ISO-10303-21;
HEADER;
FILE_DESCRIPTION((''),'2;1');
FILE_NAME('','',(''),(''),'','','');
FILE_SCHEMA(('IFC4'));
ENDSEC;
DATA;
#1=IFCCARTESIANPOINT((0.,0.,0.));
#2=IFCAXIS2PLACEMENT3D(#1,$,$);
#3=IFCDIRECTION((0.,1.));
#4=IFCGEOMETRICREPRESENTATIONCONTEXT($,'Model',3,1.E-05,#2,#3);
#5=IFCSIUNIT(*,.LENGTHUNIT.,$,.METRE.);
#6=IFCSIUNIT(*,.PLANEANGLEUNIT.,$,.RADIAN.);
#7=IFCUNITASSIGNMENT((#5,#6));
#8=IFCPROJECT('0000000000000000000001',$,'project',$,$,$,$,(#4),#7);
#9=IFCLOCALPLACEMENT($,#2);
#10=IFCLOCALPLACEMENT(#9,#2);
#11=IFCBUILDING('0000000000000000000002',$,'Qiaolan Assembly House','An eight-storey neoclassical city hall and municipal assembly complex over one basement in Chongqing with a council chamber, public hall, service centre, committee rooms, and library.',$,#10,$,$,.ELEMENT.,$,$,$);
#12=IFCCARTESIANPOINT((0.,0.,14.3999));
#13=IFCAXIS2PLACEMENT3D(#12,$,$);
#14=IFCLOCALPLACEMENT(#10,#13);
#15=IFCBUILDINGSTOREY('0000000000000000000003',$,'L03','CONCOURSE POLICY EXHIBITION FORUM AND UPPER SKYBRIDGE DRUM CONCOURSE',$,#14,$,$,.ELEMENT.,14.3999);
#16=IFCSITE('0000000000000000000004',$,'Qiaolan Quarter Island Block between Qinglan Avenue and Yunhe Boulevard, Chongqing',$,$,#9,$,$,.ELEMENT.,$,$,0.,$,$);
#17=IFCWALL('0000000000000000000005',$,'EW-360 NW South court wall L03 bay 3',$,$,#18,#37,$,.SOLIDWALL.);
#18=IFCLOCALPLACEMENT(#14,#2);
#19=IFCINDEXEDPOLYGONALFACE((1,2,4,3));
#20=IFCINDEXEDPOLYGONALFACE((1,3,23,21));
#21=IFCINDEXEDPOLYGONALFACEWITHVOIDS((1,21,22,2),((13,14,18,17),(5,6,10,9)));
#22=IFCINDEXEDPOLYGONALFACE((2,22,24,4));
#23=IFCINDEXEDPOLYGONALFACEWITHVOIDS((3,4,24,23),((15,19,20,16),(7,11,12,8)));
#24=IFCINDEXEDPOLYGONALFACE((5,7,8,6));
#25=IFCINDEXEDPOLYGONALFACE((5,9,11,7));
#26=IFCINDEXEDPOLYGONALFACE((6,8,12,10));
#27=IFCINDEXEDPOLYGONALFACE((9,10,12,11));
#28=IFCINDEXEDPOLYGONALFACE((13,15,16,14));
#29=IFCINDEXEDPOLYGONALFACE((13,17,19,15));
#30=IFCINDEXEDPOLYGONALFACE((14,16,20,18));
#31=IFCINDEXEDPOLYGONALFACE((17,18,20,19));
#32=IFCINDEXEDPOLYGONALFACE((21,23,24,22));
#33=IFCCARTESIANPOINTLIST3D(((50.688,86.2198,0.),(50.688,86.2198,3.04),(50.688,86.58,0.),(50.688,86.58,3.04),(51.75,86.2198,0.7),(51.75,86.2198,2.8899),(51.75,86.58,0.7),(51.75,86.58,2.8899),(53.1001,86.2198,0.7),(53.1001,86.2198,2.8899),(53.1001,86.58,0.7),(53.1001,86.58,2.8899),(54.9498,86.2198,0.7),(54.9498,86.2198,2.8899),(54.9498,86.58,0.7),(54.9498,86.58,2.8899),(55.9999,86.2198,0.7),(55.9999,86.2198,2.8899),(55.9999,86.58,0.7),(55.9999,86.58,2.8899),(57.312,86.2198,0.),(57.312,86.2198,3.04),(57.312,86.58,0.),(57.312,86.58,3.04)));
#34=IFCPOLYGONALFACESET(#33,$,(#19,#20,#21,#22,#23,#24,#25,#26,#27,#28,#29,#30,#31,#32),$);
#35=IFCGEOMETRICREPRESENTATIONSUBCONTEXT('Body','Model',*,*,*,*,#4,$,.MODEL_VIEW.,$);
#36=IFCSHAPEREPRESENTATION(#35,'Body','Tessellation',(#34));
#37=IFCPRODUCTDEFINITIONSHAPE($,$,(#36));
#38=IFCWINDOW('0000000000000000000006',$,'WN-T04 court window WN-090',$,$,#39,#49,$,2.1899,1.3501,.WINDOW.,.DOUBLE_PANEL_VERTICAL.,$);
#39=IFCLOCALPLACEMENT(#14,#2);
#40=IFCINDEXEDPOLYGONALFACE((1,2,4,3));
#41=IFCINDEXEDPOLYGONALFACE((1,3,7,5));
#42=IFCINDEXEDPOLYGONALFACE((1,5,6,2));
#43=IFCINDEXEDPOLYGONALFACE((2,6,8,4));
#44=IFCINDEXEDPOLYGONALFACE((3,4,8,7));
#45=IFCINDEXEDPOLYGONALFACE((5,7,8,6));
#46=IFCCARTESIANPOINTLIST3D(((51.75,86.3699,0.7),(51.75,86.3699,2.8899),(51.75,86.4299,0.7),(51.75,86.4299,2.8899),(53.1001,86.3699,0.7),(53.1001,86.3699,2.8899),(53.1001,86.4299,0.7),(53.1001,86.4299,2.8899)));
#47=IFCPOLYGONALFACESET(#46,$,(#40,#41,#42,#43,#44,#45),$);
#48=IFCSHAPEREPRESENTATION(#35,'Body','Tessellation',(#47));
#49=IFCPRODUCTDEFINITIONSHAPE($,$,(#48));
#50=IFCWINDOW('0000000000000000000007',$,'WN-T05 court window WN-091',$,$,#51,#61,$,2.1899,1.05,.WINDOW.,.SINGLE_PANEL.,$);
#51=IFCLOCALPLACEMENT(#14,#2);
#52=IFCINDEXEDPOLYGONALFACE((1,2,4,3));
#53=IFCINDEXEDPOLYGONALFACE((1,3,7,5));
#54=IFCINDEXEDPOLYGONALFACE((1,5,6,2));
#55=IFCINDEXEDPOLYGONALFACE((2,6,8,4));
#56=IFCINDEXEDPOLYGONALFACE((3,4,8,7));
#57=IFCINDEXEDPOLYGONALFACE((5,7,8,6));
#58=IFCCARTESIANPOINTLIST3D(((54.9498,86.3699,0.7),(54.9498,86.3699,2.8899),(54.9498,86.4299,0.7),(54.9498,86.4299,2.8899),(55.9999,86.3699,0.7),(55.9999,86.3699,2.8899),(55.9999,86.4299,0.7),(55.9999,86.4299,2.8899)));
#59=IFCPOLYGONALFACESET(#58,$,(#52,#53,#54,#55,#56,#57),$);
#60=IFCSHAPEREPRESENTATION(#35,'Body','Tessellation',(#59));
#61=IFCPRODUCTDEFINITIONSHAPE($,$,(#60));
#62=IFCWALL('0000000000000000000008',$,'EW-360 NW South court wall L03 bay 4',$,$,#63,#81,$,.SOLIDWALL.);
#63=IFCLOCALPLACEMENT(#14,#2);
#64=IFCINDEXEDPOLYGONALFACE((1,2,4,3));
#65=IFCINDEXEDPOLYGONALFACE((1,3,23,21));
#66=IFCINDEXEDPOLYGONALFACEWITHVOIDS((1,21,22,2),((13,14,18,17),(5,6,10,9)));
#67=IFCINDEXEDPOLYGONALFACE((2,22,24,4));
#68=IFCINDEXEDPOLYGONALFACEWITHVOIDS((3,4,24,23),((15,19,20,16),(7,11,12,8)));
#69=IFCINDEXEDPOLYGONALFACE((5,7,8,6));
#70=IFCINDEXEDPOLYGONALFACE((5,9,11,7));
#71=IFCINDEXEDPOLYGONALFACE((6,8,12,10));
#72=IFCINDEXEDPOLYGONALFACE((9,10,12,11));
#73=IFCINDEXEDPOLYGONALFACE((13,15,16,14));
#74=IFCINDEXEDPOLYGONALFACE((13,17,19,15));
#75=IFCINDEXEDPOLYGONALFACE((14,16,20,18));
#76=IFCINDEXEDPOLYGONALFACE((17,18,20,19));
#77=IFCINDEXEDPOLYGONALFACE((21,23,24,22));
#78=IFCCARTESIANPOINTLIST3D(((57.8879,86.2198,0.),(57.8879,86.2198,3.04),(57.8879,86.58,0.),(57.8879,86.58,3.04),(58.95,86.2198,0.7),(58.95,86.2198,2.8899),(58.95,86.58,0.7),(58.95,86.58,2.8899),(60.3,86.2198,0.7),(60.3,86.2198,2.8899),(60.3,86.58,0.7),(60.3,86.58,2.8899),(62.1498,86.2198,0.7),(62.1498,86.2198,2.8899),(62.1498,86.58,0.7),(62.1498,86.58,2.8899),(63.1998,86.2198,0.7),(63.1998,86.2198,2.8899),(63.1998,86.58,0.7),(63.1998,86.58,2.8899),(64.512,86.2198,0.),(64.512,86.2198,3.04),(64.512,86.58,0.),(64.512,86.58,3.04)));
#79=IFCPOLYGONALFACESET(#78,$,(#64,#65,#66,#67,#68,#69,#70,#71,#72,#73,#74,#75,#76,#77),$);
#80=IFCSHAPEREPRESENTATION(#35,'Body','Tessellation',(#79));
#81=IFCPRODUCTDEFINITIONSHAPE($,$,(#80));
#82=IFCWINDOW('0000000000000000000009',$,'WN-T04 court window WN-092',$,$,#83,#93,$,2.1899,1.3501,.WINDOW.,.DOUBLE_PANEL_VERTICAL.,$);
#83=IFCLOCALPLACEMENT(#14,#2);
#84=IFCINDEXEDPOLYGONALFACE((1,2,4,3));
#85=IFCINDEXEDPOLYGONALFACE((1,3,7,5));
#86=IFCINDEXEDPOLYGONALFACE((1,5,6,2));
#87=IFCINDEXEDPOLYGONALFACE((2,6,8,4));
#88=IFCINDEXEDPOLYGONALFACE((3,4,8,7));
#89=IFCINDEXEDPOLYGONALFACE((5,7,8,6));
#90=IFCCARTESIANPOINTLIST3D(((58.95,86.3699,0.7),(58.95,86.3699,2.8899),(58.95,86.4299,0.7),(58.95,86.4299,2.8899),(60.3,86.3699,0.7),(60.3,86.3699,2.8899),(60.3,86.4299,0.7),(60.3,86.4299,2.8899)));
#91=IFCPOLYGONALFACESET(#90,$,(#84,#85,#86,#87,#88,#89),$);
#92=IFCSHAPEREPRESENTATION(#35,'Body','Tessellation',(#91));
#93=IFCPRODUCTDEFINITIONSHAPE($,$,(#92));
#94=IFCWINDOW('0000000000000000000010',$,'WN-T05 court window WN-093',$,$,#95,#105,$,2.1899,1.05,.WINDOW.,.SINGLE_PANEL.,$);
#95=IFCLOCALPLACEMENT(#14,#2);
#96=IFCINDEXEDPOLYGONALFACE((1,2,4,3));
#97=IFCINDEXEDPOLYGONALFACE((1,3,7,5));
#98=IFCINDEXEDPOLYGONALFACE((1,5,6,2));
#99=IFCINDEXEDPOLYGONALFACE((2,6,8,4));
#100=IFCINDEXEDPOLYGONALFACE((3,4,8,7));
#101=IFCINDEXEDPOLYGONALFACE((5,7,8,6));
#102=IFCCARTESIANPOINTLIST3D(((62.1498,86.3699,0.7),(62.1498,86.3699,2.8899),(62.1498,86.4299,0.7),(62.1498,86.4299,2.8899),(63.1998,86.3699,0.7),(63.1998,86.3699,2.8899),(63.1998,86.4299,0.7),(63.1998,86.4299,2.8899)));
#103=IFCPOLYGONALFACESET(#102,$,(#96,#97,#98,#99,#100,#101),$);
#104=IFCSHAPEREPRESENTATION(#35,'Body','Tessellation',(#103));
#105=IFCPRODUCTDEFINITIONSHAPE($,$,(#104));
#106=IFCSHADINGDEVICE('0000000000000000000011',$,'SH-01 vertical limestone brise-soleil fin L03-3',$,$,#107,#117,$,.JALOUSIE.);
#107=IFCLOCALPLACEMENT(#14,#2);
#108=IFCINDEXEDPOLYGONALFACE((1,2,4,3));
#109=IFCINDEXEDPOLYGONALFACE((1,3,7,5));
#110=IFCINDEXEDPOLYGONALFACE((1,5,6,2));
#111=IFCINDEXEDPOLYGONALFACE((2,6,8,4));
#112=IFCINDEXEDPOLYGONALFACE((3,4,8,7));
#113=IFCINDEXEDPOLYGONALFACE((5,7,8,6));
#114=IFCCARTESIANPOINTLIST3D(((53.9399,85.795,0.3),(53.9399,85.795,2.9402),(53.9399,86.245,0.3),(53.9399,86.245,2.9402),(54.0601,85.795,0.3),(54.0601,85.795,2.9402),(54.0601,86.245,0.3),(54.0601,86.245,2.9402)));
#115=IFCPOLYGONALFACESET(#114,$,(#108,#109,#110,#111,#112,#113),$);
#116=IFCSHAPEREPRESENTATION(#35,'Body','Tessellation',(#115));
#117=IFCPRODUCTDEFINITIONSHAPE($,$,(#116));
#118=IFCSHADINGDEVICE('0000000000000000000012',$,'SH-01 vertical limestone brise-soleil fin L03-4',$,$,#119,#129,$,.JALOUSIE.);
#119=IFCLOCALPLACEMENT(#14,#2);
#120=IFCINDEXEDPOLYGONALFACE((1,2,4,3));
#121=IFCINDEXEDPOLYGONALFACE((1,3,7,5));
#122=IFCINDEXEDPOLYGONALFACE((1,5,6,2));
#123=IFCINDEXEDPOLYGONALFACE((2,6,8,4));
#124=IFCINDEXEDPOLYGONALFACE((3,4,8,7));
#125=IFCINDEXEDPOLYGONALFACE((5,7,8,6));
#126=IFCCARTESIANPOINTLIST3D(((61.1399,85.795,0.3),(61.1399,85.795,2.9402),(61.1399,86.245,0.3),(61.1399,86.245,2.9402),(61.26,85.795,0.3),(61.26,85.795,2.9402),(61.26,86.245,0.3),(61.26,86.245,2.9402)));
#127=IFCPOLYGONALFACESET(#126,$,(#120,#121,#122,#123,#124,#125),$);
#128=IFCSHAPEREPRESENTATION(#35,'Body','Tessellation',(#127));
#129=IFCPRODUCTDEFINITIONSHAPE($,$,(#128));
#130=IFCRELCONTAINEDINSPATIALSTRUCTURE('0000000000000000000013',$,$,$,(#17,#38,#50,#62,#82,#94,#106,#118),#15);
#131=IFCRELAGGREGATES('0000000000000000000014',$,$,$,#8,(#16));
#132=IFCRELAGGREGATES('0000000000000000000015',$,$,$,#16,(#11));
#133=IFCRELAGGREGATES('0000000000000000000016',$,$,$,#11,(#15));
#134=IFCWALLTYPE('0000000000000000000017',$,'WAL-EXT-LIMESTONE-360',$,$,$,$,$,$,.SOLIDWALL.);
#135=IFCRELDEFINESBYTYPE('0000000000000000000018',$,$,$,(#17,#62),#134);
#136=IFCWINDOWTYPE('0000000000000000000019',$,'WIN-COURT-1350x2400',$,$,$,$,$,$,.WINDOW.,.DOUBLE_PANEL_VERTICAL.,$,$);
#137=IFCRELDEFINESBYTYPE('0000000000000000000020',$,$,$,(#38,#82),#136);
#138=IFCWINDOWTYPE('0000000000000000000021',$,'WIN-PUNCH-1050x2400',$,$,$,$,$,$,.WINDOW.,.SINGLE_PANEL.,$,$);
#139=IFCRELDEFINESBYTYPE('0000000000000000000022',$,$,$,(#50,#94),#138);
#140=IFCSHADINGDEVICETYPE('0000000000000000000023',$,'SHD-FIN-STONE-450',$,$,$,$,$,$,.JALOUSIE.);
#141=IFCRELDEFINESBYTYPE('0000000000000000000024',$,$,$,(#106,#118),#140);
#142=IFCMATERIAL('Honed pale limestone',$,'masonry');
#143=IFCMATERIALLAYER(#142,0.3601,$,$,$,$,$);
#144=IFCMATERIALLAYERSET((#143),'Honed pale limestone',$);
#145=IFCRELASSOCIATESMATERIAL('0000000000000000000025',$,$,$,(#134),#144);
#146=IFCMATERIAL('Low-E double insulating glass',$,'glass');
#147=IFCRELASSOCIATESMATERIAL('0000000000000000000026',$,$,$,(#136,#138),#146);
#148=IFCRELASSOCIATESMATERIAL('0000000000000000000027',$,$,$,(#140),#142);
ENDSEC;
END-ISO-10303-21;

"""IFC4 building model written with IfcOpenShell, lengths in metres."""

from ifc_helpers import new_model, si_unit, direction, frame, frame_2d, origin, origin_2d, place, context, subcontext, project, spatial, rectangle, extrude, material, layer, layer_set, material_profile, profile_set, type_object, element, fill, save


model = new_model("IFC4")

# Units and contexts
model_context = context("Model", 3, precision=1e-05, world=origin(), true_north=direction((0.0, 1.0)))
body_context = subcontext(model_context, "Body", "Model", "MODEL_VIEW")
ifc_project = project(units=[si_unit("LENGTHUNIT", "METRE"), si_unit("PLANEANGLEUNIT", "RADIAN")], contexts=[model_context])

# Site, building, storey
site_placement = place(None, origin())
site = spatial("IfcSite", under=ifc_project, at=site_placement, Name="Qiaolan Quarter Island Block between Qinglan Avenue and Yunhe Boulevard, Chongqing", CompositionType="ELEMENT", RefElevation=0.0)
building_placement = place(site_placement, origin())
building = spatial("IfcBuilding", under=site, at=building_placement, Name="Qiaolan Assembly House", Description="An eight-storey neoclassical city hall and municipal assembly complex over one basement in Chongqing with a council chamber, public hall, service centre, committee rooms, and library.", CompositionType="ELEMENT")
storey_placement = place(building_placement, frame((0.0, 0.0, 14.3999)))
storey = spatial("IfcBuildingStorey", under=building, at=storey_placement, Name="L03", Description="CONCOURSE POLICY EXHIBITION FORUM AND UPPER SKYBRIDGE DRUM CONCOURSE", CompositionType="ELEMENT", Elevation=14.3999)

# Walls, openings, windows
ifc_material_1 = material(Name="Honed pale limestone", Category="masonry")
ifc_layer_1 = layer(ifc_material_1, 0.3601)
ifc_layer_set_1 = layer_set([ifc_layer_1], Name="Honed pale limestone")
wall_type = type_object("IfcWallType", Name="WAL-EXT-LIMESTONE-360", PredefinedType="SOLIDWALL", material=ifc_layer_set_1)
wall_1_placement = place(storey_placement, frame((50.688, 86.3999, 0.0), z_axis=(0.0, 0.0, 1.0), x_axis=(1.0, 0.0, 0.0)))
wall_1 = element("IfcWall", 1, at=wall_1_placement, inside=storey, type_object=wall_type, Name="EW-360 NW South court wall L03 bay 3", PredefinedType="SOLIDWALL", context=body_context, shape_type="SweptSolid", body=[
    extrude(rectangle(XDim=6.624, YDim=0.3601, at=frame_2d((3.312, 0.0))), origin(), (0.0, 0.0, 1.0), 3.04),
])
opening_1_placement = place(wall_1_placement, frame((1.062, 0.0, 0.7)))
opening_1 = element("IfcOpeningElement", 2, at=opening_1_placement, cuts=wall_1, PredefinedType="OPENING", context=body_context, shape_type="SweptSolid", body=[
    extrude(rectangle(XDim=1.3501, YDim=2.1899, at=frame_2d((0.675, 1.095))), frame((0.0, 0.1899, 0.0), z_axis=(0.0, -1.0, 0.0), x_axis=(1.0, 0.0, 0.0)), (0.0, 0.0, 1.0), 0.3801),
])
opening_2_placement = place(wall_1_placement, frame((4.262, 0.0, 0.7)))
opening_2 = element("IfcOpeningElement", 3, at=opening_2_placement, cuts=wall_1, PredefinedType="OPENING", context=body_context, shape_type="SweptSolid", body=[
    extrude(rectangle(XDim=1.05, YDim=2.1899, at=frame_2d((0.5249, 1.095))), frame((0.0, 0.1899, 0.0), z_axis=(0.0, -1.0, 0.0), x_axis=(1.0, 0.0, 0.0)), (0.0, 0.0, 1.0), 0.3801),
])
ifc_material_2 = material(Name="Low-E double insulating glass", Category="glass")
window_type_1 = type_object("IfcWindowType", Name="WIN-COURT-1350x2400", PartitioningType="DOUBLE_PANEL_VERTICAL", PredefinedType="WINDOW", material=ifc_material_2)
window_1_placement = place(opening_1_placement, origin())
window_1 = element("IfcWindow", 4, at=window_1_placement, inside=storey, type_object=window_type_1, Name="WN-T04 court window WN-090", OverallHeight=2.1899, OverallWidth=1.3501, PartitioningType="DOUBLE_PANEL_VERTICAL", PredefinedType="WINDOW", context=body_context, shape_type="SweptSolid", body=[
    extrude(rectangle(XDim=1.3501, YDim=2.1899, at=frame_2d((0.675, 1.095))), frame((0.0, 0.03, 0.0), z_axis=(0.0, -1.0, 0.0), x_axis=(1.0, 0.0, 0.0)), (0.0, 0.0, 1.0), 0.0601),
])
fill(opening_1, window_1)
window_type_2 = type_object("IfcWindowType", Name="WIN-PUNCH-1050x2400", PartitioningType="SINGLE_PANEL", PredefinedType="WINDOW", material=ifc_material_2)
window_2_placement = place(opening_2_placement, origin())
window_2 = element("IfcWindow", 5, at=window_2_placement, inside=storey, type_object=window_type_2, Name="WN-T05 court window WN-091", OverallHeight=2.1899, OverallWidth=1.05, PartitioningType="SINGLE_PANEL", PredefinedType="WINDOW", context=body_context, shape_type="SweptSolid", body=[
    extrude(rectangle(XDim=1.05, YDim=2.1899, at=frame_2d((0.5249, 1.095))), frame((0.0, 0.03, 0.0), z_axis=(0.0, -1.0, 0.0), x_axis=(1.0, 0.0, 0.0)), (0.0, 0.0, 1.0), 0.0601),
])
fill(opening_2, window_2)
wall_2_placement = place(storey_placement, frame((57.8879, 86.3999, 0.0), z_axis=(0.0, 0.0, 1.0), x_axis=(1.0, 0.0, 0.0)))
wall_2 = element("IfcWall", 6, at=wall_2_placement, inside=storey, type_object=wall_type, Name="EW-360 NW South court wall L03 bay 4", PredefinedType="SOLIDWALL", context=body_context, shape_type="SweptSolid", body=[
    extrude(rectangle(XDim=6.624, YDim=0.3601, at=frame_2d((3.312, 0.0))), origin(), (0.0, 0.0, 1.0), 3.04),
])
opening_3_placement = place(wall_2_placement, frame((1.062, 0.0, 0.7)))
opening_3 = element("IfcOpeningElement", 7, at=opening_3_placement, cuts=wall_2, PredefinedType="OPENING", context=body_context, shape_type="SweptSolid", body=[
    extrude(rectangle(XDim=1.3501, YDim=2.1899, at=frame_2d((0.675, 1.095))), frame((0.0, 0.1899, 0.0), z_axis=(0.0, -1.0, 0.0), x_axis=(1.0, 0.0, 0.0)), (0.0, 0.0, 1.0), 0.3801),
])
opening_4_placement = place(wall_2_placement, frame((4.262, 0.0, 0.7)))
opening_4 = element("IfcOpeningElement", 8, at=opening_4_placement, cuts=wall_2, PredefinedType="OPENING", context=body_context, shape_type="SweptSolid", body=[
    extrude(rectangle(XDim=1.05, YDim=2.1899, at=frame_2d((0.5249, 1.095))), frame((0.0, 0.1899, 0.0), z_axis=(0.0, -1.0, 0.0), x_axis=(1.0, 0.0, 0.0)), (0.0, 0.0, 1.0), 0.3801),
])
window_3_placement = place(opening_3_placement, origin())
window_3 = element("IfcWindow", 9, at=window_3_placement, inside=storey, type_object=window_type_1, Name="WN-T04 court window WN-092", OverallHeight=2.1899, OverallWidth=1.3501, PartitioningType="DOUBLE_PANEL_VERTICAL", PredefinedType="WINDOW", context=body_context, shape_type="SweptSolid", body=[
    extrude(rectangle(XDim=1.3501, YDim=2.1899, at=frame_2d((0.675, 1.095))), frame((0.0, 0.03, 0.0), z_axis=(0.0, -1.0, 0.0), x_axis=(1.0, 0.0, 0.0)), (0.0, 0.0, 1.0), 0.0601),
])
fill(opening_3, window_3)
window_4_placement = place(opening_4_placement, origin())
window_4 = element("IfcWindow", 10, at=window_4_placement, inside=storey, type_object=window_type_2, Name="WN-T05 court window WN-093", OverallHeight=2.1899, OverallWidth=1.05, PartitioningType="SINGLE_PANEL", PredefinedType="WINDOW", context=body_context, shape_type="SweptSolid", body=[
    extrude(rectangle(XDim=1.05, YDim=2.1899, at=frame_2d((0.5249, 1.095))), frame((0.0, 0.03, 0.0), z_axis=(0.0, -1.0, 0.0), x_axis=(1.0, 0.0, 0.0)), (0.0, 0.0, 1.0), 0.0601),
])
fill(opening_4, window_4)

# Shading devices
ifc_material_profile_1 = material_profile(ifc_material_1, rectangle(XDim=0.1201, YDim=0.45, at=origin_2d()), Name="FIN 120x450")
ifc_profile_set_1 = profile_set([ifc_material_profile_1], Name="Honed pale limestone")
shading_device_type = type_object("IfcShadingDeviceType", Name="SHD-FIN-STONE-450", PredefinedType="JALOUSIE", material=ifc_profile_set_1)
for number, where, z_axis, x_axis, name in (
    (11, (54.0, 86.02, 0.3), (0.0, 0.0, 1.0), (1.0, 0.0, 0.0), "SH-01 vertical limestone brise-soleil fin L03-3"),
    (12, (61.2, 86.02, 0.3), (0.0, 0.0, 1.0), (1.0, 0.0, 0.0), "SH-01 vertical limestone brise-soleil fin L03-4"),
):
    element("IfcShadingDevice", number, at=place(storey_placement, frame(where, z_axis=z_axis, x_axis=x_axis)), inside=storey, type_object=shading_device_type, Name=name, PredefinedType="JALOUSIE", context=body_context, shape_type="SweptSolid", body=[
        extrude(rectangle(XDim=0.1201, YDim=0.45, at=origin_2d()), origin(), (0.0, 0.0, 1.0), 2.6401),
    ])

save(model, "model.ifc")
